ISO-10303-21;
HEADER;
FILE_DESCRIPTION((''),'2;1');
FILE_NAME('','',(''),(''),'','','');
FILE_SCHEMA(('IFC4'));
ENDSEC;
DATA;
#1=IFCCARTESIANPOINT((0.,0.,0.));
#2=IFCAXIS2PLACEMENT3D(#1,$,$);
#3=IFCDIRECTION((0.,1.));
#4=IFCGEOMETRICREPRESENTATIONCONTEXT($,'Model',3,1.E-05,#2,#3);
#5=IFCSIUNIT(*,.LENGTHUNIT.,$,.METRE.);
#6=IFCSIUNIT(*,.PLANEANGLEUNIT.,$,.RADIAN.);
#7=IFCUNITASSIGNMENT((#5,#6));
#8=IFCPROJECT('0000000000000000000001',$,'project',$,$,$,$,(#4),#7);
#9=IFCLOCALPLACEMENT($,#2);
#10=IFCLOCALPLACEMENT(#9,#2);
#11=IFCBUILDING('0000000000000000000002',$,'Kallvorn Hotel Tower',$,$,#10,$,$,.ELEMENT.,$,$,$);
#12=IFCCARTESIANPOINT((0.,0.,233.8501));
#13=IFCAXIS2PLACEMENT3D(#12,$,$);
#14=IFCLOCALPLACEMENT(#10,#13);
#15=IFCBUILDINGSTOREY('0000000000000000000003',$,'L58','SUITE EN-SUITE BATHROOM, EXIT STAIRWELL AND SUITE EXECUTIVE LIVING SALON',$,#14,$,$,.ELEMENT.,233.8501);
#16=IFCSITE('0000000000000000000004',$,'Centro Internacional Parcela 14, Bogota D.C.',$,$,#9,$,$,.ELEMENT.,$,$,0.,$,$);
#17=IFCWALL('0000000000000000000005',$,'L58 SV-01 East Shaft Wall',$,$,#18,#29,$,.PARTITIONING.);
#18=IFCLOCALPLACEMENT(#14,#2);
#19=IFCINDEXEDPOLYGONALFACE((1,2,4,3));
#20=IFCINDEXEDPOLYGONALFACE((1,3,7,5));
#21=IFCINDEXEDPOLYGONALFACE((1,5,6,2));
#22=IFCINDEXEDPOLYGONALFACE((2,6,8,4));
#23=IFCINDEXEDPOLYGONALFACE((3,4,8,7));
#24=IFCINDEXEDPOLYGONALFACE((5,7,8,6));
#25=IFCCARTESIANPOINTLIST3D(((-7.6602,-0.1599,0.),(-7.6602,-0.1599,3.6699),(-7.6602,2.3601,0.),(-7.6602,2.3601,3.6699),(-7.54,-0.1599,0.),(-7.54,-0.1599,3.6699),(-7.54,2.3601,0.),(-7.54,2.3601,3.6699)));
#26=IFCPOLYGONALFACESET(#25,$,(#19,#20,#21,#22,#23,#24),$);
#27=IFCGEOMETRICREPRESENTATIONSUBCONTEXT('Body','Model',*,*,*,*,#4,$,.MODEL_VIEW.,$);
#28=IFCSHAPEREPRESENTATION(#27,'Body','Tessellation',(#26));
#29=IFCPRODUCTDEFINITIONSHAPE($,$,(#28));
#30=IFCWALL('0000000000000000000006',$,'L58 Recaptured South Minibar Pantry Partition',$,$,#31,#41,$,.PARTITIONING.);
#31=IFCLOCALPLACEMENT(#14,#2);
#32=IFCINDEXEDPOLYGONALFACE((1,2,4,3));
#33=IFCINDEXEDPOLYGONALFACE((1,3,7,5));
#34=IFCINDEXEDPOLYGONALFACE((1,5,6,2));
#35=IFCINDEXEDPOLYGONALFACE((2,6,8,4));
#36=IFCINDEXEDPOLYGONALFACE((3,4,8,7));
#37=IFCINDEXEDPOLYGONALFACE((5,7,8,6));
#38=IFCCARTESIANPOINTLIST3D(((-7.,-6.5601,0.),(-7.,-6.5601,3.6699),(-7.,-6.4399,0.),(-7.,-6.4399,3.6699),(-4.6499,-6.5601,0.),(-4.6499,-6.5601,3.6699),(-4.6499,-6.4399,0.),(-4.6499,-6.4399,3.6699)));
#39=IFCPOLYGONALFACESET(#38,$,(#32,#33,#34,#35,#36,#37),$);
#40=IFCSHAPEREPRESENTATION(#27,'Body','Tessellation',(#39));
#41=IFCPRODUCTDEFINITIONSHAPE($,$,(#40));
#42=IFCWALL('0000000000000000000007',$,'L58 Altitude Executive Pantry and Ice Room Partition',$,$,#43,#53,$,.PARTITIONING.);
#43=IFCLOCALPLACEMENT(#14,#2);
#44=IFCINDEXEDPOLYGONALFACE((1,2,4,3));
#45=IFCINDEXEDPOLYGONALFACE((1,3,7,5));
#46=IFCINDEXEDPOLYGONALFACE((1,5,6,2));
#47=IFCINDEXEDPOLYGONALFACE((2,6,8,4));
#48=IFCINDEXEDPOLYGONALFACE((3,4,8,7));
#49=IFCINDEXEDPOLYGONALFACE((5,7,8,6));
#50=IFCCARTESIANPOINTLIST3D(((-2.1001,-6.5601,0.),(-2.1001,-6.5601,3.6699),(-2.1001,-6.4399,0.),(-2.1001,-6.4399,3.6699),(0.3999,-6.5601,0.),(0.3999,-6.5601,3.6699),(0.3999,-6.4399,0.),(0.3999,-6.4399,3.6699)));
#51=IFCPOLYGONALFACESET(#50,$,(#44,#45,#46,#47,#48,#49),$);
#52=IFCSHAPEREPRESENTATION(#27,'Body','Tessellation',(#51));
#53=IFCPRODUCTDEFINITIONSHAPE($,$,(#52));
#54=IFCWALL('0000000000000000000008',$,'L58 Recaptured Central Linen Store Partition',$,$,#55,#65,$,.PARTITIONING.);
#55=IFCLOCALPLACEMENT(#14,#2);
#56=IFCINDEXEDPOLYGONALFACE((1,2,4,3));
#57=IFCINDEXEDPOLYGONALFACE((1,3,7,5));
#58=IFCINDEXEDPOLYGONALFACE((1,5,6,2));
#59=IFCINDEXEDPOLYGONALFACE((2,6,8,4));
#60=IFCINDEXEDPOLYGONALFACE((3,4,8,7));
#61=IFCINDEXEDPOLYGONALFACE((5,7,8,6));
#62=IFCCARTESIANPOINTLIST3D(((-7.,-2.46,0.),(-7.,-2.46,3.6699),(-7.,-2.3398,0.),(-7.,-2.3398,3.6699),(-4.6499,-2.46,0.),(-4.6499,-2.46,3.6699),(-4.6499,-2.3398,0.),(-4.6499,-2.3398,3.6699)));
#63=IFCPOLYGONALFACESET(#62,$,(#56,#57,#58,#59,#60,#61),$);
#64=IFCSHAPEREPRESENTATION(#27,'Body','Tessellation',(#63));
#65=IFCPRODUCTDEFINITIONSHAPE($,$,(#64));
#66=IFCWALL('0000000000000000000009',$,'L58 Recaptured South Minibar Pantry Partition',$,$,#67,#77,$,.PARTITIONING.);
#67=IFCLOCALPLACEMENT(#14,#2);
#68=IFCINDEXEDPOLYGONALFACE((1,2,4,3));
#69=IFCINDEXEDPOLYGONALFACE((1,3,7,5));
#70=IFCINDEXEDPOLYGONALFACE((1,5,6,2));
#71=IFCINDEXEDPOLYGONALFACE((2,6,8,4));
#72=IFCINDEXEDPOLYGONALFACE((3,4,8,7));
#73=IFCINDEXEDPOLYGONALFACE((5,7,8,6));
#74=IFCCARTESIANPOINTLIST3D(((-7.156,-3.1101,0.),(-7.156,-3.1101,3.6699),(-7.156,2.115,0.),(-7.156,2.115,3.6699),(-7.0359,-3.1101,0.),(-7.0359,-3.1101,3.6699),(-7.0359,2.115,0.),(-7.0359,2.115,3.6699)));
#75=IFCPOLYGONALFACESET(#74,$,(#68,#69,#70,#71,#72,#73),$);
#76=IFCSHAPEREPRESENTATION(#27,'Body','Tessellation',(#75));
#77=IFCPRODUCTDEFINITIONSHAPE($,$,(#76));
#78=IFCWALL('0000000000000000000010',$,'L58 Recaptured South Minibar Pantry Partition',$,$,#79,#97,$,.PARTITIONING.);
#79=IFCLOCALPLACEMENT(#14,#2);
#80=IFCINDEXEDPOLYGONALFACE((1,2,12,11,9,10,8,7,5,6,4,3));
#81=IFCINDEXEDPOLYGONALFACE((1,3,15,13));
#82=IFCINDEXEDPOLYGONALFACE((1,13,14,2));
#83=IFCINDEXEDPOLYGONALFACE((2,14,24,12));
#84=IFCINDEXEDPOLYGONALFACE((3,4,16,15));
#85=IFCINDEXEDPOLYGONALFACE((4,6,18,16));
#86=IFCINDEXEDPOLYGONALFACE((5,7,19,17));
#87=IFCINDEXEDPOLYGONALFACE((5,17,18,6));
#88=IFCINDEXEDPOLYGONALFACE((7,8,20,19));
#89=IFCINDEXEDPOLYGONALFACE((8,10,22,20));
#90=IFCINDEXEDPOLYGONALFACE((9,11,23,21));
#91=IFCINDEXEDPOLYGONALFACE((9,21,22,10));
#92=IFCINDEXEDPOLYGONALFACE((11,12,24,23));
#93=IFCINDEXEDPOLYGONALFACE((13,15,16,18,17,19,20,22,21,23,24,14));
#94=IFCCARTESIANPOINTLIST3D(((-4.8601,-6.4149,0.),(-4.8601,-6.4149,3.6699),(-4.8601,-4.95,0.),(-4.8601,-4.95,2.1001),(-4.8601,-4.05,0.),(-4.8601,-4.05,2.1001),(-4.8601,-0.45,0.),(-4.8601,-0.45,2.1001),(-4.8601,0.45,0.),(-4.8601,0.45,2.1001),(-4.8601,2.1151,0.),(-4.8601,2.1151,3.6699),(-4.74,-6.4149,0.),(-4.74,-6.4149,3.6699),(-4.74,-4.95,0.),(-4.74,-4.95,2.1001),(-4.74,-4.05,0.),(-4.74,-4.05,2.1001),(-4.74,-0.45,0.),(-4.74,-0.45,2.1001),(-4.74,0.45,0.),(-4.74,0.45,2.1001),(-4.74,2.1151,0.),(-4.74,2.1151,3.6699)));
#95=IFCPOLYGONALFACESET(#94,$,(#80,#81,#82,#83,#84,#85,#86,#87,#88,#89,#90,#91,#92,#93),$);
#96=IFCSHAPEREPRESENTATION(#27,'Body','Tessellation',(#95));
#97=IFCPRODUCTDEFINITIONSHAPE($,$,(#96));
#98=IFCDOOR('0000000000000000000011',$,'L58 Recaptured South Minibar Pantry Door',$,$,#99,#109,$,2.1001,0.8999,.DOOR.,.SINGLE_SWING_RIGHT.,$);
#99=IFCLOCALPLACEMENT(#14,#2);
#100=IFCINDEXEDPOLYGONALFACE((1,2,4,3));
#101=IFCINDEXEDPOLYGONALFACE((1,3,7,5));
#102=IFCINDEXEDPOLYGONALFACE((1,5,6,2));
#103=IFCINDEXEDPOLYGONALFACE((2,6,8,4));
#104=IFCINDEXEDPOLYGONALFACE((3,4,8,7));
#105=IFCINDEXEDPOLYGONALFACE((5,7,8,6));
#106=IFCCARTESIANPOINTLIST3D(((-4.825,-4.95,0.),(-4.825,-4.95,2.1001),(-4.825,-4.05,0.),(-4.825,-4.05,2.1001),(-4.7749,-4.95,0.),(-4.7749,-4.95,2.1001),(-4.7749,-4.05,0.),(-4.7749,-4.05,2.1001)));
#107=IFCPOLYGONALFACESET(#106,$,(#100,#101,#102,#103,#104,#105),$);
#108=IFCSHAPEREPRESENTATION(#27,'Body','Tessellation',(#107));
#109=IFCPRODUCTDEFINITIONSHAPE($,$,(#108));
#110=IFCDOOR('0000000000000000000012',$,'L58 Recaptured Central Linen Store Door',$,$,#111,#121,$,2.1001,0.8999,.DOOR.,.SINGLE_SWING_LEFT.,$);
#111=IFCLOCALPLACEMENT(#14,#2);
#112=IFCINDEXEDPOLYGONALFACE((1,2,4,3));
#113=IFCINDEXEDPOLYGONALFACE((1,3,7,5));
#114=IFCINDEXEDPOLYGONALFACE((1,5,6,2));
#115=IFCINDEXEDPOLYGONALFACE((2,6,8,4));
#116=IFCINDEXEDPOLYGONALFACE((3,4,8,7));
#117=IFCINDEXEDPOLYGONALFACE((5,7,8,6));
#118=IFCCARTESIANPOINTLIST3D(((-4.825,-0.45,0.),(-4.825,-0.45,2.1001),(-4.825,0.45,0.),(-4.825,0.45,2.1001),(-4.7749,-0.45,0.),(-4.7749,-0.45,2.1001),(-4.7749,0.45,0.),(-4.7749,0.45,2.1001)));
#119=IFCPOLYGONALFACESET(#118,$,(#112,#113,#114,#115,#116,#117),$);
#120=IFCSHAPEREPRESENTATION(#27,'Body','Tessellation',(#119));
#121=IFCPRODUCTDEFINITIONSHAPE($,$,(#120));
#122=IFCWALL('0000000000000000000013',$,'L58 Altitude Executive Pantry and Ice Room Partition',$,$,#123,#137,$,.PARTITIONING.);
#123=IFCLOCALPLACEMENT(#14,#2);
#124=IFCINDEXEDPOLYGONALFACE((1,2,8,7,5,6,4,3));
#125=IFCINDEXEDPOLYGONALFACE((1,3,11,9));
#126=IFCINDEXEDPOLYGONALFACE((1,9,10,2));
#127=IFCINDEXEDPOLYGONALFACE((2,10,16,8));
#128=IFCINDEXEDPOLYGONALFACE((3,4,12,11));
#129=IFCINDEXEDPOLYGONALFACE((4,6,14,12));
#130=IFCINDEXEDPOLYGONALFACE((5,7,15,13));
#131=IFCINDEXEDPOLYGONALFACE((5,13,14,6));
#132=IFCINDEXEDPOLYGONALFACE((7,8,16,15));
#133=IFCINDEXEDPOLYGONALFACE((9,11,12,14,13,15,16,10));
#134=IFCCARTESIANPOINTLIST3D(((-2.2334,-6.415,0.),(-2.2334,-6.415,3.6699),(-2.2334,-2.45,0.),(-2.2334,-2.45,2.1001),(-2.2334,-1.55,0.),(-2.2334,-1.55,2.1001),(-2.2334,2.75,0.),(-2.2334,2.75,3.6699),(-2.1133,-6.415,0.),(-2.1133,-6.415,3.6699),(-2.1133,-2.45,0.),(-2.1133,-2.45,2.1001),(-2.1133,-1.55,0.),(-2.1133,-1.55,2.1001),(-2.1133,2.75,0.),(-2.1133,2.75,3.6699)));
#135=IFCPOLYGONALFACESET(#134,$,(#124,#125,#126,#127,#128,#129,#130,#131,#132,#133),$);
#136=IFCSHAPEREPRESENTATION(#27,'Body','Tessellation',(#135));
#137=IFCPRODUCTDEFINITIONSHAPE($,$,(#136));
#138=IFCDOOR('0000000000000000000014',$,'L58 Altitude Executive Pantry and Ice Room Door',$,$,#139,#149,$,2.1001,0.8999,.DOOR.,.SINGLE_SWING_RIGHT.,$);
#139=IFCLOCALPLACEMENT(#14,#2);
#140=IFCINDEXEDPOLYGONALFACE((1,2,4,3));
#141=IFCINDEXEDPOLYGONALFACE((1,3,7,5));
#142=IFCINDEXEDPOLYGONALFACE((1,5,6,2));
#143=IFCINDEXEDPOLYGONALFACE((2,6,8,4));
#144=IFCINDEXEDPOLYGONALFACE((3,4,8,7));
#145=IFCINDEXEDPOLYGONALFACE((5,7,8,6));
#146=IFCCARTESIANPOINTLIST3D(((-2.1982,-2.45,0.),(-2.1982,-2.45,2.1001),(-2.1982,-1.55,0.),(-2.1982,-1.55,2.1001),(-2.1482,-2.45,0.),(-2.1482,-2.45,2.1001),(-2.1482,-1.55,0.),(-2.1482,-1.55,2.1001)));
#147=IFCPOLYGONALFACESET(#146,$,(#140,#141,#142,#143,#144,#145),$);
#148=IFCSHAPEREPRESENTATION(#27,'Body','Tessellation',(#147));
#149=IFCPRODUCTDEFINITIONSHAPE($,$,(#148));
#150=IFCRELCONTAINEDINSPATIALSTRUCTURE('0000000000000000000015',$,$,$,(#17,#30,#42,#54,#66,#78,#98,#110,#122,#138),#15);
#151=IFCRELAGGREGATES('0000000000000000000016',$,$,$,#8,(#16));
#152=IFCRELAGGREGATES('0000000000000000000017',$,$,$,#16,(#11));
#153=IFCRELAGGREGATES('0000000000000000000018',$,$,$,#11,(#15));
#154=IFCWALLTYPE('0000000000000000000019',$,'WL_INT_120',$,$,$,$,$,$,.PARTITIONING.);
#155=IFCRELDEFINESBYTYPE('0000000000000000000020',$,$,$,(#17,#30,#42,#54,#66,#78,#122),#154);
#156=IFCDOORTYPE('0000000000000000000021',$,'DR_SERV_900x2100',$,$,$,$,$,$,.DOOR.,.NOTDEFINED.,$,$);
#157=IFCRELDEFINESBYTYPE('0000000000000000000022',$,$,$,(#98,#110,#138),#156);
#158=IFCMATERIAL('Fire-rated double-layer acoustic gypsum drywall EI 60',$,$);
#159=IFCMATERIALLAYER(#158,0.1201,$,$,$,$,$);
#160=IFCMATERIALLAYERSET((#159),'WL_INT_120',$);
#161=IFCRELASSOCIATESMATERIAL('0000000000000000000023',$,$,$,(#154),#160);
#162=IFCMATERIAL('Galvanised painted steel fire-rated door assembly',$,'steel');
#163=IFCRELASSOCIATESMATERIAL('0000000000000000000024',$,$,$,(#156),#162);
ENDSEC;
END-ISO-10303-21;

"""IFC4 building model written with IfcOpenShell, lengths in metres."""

from ifc_helpers import new_model, si_unit, direction, frame, frame_2d, origin, place, context, subcontext, project, spatial, rectangle, extrude, material, layer, layer_set, type_object, element, fill, save


model = new_model("IFC4")

# Units and contexts
model_context = context("Model", 3, precision=1e-05, world=origin(), true_north=direction((0.0, 1.0)))
body_context = subcontext(model_context, "Body", "Model", "MODEL_VIEW")
ifc_project = project(units=[si_unit("LENGTHUNIT", "METRE"), si_unit("PLANEANGLEUNIT", "RADIAN")], contexts=[model_context])

# Site, building, storey
site_placement = place(None, origin())
site = spatial("IfcSite", under=ifc_project, at=site_placement, Name="Centro Internacional Parcela 14, Bogota D.C.", CompositionType="ELEMENT", RefElevation=0.0)
building_placement = place(site_placement, origin())
building = spatial("IfcBuilding", under=site, at=building_placement, Name="Kallvorn Hotel Tower", CompositionType="ELEMENT")
storey_placement = place(building_placement, frame((0.0, 0.0, 233.8501)))
storey = spatial("IfcBuildingStorey", under=building, at=storey_placement, Name="L58", Description="SUITE EN-SUITE BATHROOM, EXIT STAIRWELL AND SUITE EXECUTIVE LIVING SALON", CompositionType="ELEMENT", Elevation=233.8501)

# Walls
ifc_material_1 = material(Name="Fire-rated double-layer acoustic gypsum drywall EI 60")
ifc_layer_1 = layer(ifc_material_1, 0.1201)
ifc_layer_set_1 = layer_set([ifc_layer_1], Name="WL_INT_120")
wall_type_1 = type_object("IfcWallType", Name="WL_INT_120", PredefinedType="PARTITIONING", material=ifc_layer_set_1)
wall_1_placement = place(storey_placement, frame((-7.6001, -0.1599, 0.0), z_axis=(0.0, 0.0, 1.0), x_axis=(0.0, 1.0, 0.0)))
element("IfcWall", 1, at=wall_1_placement, inside=storey, type_object=wall_type_1, Name="L58 SV-01 East Shaft Wall", PredefinedType="PARTITIONING", context=body_context, shape_type="SweptSolid", body=[
    extrude(rectangle(XDim=2.52, YDim=0.1201, at=frame_2d((1.26, 0.0))), origin(), (0.0, 0.0, 1.0), 3.6699),
])
wall_2_placement = place(storey_placement, frame((-7.0, -6.5, 0.0), z_axis=(0.0, 0.0, 1.0), x_axis=(1.0, 0.0, 0.0)))
element("IfcWall", 2, at=wall_2_placement, inside=storey, type_object=wall_type_1, Name="L58 Recaptured South Minibar Pantry Partition", PredefinedType="PARTITIONING", context=body_context, shape_type="SweptSolid", body=[
    extrude(rectangle(XDim=2.3501, YDim=0.1201, at=frame_2d((1.175, 0.0))), origin(), (0.0, 0.0, 1.0), 3.6699),
])
wall_3_placement = place(storey_placement, frame((-2.1001, -6.5, 0.0), z_axis=(0.0, 0.0, 1.0), x_axis=(1.0, 0.0, 0.0)))
element("IfcWall", 3, at=wall_3_placement, inside=storey, type_object=wall_type_1, Name="L58 Altitude Executive Pantry and Ice Room Partition", PredefinedType="PARTITIONING", context=body_context, shape_type="SweptSolid", body=[
    extrude(rectangle(XDim=2.5, YDim=0.1201, at=frame_2d((1.25, 0.0))), origin(), (0.0, 0.0, 1.0), 3.6699),
])
wall_4_placement = place(storey_placement, frame((-7.0, -2.3999, 0.0), z_axis=(0.0, 0.0, 1.0), x_axis=(1.0, 0.0, 0.0)))
element("IfcWall", 4, at=wall_4_placement, inside=storey, type_object=wall_type_1, Name="L58 Recaptured Central Linen Store Partition", PredefinedType="PARTITIONING", context=body_context, shape_type="SweptSolid", body=[
    extrude(rectangle(XDim=2.3501, YDim=0.1201, at=frame_2d((1.175, 0.0))), origin(), (0.0, 0.0, 1.0), 3.6699),
])
wall_5_placement = place(storey_placement, frame((-7.0959, -3.1101, 0.0), z_axis=(0.0, 0.0, 1.0), x_axis=(0.0, 1.0, 0.0)))
element("IfcWall", 5, at=wall_5_placement, inside=storey, type_object=wall_type_1, Name="L58 Recaptured South Minibar Pantry Partition", PredefinedType="PARTITIONING", context=body_context, shape_type="SweptSolid", body=[
    extrude(rectangle(XDim=5.2251, YDim=0.1201, at=frame_2d((2.6125, 0.0))), origin(), (0.0, 0.0, 1.0), 3.6699),
])

# Wall, openings, doors
wall_6_placement = place(storey_placement, frame((-4.8, -6.415, 0.0), z_axis=(0.0, 0.0, 1.0), x_axis=(0.0, 1.0, 0.0)))
wall_6 = element("IfcWall", 6, at=wall_6_placement, inside=storey, type_object=wall_type_1, Name="L58 Recaptured South Minibar Pantry Partition", PredefinedType="PARTITIONING", context=body_context, shape_type="SweptSolid", body=[
    extrude(rectangle(XDim=8.53, YDim=0.1201, at=frame_2d((4.2651, 0.0))), origin(), (0.0, 0.0, 1.0), 3.6699),
])
opening_1_placement = place(wall_6_placement, frame((1.4651, 0.0, 0.0)))
opening_1 = element("IfcOpeningElement", 7, at=opening_1_placement, cuts=wall_6, PredefinedType="OPENING", context=body_context, shape_type="SweptSolid", body=[
    extrude(rectangle(XDim=0.8999, YDim=2.1001, at=frame_2d((0.45, 1.05))), frame((0.0, 0.075, 0.0), z_axis=(0.0, -1.0, 0.0), x_axis=(1.0, 0.0, 0.0)), (0.0, 0.0, 1.0), 0.1501),
])
opening_2_placement = place(wall_6_placement, frame((5.9651, 0.0, 0.0)))
opening_2 = element("IfcOpeningElement", 8, at=opening_2_placement, cuts=wall_6, PredefinedType="OPENING", context=body_context, shape_type="SweptSolid", body=[
    extrude(rectangle(XDim=0.8999, YDim=2.1001, at=frame_2d((0.45, 1.05))), frame((0.0, 0.075, 0.0), z_axis=(0.0, -1.0, 0.0), x_axis=(1.0, 0.0, 0.0)), (0.0, 0.0, 1.0), 0.1501),
])
ifc_material_2 = material(Name="Galvanised painted steel fire-rated door assembly", Category="steel")
door_type_1 = type_object("IfcDoorType", Name="DR_SERV_900x2100", OperationType="NOTDEFINED", PredefinedType="DOOR", material=ifc_material_2)
door_1_placement = place(opening_1_placement, origin())
door_1 = element("IfcDoor", 9, at=door_1_placement, inside=storey, type_object=door_type_1, Name="L58 Recaptured South Minibar Pantry Door", OperationType="SINGLE_SWING_RIGHT", OverallHeight=2.1001, OverallWidth=0.8999, PredefinedType="DOOR", context=body_context, shape_type="SweptSolid", body=[
    extrude(rectangle(XDim=0.8999, YDim=2.1001, at=frame_2d((0.45, 1.05))), frame((0.0, 0.0249, 0.0), z_axis=(0.0, -1.0, 0.0), x_axis=(1.0, 0.0, 0.0)), (0.0, 0.0, 1.0), 0.05),
])
fill(opening_1, door_1)
door_2_placement = place(opening_2_placement, origin())
door_2 = element("IfcDoor", 10, at=door_2_placement, inside=storey, type_object=door_type_1, Name="L58 Recaptured Central Linen Store Door", OperationType="SINGLE_SWING_LEFT", OverallHeight=2.1001, OverallWidth=0.8999, PredefinedType="DOOR", context=body_context, shape_type="SweptSolid", body=[
    extrude(rectangle(XDim=0.8999, YDim=2.1001, at=frame_2d((0.45, 1.05))), frame((0.0, 0.0249, 0.0), z_axis=(0.0, -1.0, 0.0), x_axis=(1.0, 0.0, 0.0)), (0.0, 0.0, 1.0), 0.05),
])
fill(opening_2, door_2)

# Wall, opening, door
wall_7_placement = place(storey_placement, frame((-2.1733, -6.415, 0.0), z_axis=(0.0, 0.0, 1.0), x_axis=(0.0, 1.0, 0.0)))
wall_7 = element("IfcWall", 11, at=wall_7_placement, inside=storey, type_object=wall_type_1, Name="L58 Altitude Executive Pantry and Ice Room Partition", PredefinedType="PARTITIONING", context=body_context, shape_type="SweptSolid", body=[
    extrude(rectangle(XDim=9.165, YDim=0.1201, at=frame_2d((4.5825, 0.0))), origin(), (0.0, 0.0, 1.0), 3.6699),
])
opening_3_placement = place(wall_7_placement, frame((3.9651, 0.0, 0.0)))
opening_3 = element("IfcOpeningElement", 12, at=opening_3_placement, cuts=wall_7, PredefinedType="OPENING", context=body_context, shape_type="SweptSolid", body=[
    extrude(rectangle(XDim=0.8999, YDim=2.1001, at=frame_2d((0.45, 1.05))), frame((0.0, 0.075, 0.0), z_axis=(0.0, -1.0, 0.0), x_axis=(1.0, 0.0, 0.0)), (0.0, 0.0, 1.0), 0.1501),
])
door_3_placement = place(opening_3_placement, origin())
door_3 = element("IfcDoor", 13, at=door_3_placement, inside=storey, type_object=door_type_1, Name="L58 Altitude Executive Pantry and Ice Room Door", OperationType="SINGLE_SWING_RIGHT", OverallHeight=2.1001, OverallWidth=0.8999, PredefinedType="DOOR", context=body_context, shape_type="SweptSolid", body=[
    extrude(rectangle(XDim=0.8999, YDim=2.1001, at=frame_2d((0.45, 1.05))), frame((0.0, 0.0249, 0.0), z_axis=(0.0, -1.0, 0.0), x_axis=(1.0, 0.0, 0.0)), (0.0, 0.0, 1.0), 0.05),
])
fill(opening_3, door_3)

save(model, "model.ifc")
